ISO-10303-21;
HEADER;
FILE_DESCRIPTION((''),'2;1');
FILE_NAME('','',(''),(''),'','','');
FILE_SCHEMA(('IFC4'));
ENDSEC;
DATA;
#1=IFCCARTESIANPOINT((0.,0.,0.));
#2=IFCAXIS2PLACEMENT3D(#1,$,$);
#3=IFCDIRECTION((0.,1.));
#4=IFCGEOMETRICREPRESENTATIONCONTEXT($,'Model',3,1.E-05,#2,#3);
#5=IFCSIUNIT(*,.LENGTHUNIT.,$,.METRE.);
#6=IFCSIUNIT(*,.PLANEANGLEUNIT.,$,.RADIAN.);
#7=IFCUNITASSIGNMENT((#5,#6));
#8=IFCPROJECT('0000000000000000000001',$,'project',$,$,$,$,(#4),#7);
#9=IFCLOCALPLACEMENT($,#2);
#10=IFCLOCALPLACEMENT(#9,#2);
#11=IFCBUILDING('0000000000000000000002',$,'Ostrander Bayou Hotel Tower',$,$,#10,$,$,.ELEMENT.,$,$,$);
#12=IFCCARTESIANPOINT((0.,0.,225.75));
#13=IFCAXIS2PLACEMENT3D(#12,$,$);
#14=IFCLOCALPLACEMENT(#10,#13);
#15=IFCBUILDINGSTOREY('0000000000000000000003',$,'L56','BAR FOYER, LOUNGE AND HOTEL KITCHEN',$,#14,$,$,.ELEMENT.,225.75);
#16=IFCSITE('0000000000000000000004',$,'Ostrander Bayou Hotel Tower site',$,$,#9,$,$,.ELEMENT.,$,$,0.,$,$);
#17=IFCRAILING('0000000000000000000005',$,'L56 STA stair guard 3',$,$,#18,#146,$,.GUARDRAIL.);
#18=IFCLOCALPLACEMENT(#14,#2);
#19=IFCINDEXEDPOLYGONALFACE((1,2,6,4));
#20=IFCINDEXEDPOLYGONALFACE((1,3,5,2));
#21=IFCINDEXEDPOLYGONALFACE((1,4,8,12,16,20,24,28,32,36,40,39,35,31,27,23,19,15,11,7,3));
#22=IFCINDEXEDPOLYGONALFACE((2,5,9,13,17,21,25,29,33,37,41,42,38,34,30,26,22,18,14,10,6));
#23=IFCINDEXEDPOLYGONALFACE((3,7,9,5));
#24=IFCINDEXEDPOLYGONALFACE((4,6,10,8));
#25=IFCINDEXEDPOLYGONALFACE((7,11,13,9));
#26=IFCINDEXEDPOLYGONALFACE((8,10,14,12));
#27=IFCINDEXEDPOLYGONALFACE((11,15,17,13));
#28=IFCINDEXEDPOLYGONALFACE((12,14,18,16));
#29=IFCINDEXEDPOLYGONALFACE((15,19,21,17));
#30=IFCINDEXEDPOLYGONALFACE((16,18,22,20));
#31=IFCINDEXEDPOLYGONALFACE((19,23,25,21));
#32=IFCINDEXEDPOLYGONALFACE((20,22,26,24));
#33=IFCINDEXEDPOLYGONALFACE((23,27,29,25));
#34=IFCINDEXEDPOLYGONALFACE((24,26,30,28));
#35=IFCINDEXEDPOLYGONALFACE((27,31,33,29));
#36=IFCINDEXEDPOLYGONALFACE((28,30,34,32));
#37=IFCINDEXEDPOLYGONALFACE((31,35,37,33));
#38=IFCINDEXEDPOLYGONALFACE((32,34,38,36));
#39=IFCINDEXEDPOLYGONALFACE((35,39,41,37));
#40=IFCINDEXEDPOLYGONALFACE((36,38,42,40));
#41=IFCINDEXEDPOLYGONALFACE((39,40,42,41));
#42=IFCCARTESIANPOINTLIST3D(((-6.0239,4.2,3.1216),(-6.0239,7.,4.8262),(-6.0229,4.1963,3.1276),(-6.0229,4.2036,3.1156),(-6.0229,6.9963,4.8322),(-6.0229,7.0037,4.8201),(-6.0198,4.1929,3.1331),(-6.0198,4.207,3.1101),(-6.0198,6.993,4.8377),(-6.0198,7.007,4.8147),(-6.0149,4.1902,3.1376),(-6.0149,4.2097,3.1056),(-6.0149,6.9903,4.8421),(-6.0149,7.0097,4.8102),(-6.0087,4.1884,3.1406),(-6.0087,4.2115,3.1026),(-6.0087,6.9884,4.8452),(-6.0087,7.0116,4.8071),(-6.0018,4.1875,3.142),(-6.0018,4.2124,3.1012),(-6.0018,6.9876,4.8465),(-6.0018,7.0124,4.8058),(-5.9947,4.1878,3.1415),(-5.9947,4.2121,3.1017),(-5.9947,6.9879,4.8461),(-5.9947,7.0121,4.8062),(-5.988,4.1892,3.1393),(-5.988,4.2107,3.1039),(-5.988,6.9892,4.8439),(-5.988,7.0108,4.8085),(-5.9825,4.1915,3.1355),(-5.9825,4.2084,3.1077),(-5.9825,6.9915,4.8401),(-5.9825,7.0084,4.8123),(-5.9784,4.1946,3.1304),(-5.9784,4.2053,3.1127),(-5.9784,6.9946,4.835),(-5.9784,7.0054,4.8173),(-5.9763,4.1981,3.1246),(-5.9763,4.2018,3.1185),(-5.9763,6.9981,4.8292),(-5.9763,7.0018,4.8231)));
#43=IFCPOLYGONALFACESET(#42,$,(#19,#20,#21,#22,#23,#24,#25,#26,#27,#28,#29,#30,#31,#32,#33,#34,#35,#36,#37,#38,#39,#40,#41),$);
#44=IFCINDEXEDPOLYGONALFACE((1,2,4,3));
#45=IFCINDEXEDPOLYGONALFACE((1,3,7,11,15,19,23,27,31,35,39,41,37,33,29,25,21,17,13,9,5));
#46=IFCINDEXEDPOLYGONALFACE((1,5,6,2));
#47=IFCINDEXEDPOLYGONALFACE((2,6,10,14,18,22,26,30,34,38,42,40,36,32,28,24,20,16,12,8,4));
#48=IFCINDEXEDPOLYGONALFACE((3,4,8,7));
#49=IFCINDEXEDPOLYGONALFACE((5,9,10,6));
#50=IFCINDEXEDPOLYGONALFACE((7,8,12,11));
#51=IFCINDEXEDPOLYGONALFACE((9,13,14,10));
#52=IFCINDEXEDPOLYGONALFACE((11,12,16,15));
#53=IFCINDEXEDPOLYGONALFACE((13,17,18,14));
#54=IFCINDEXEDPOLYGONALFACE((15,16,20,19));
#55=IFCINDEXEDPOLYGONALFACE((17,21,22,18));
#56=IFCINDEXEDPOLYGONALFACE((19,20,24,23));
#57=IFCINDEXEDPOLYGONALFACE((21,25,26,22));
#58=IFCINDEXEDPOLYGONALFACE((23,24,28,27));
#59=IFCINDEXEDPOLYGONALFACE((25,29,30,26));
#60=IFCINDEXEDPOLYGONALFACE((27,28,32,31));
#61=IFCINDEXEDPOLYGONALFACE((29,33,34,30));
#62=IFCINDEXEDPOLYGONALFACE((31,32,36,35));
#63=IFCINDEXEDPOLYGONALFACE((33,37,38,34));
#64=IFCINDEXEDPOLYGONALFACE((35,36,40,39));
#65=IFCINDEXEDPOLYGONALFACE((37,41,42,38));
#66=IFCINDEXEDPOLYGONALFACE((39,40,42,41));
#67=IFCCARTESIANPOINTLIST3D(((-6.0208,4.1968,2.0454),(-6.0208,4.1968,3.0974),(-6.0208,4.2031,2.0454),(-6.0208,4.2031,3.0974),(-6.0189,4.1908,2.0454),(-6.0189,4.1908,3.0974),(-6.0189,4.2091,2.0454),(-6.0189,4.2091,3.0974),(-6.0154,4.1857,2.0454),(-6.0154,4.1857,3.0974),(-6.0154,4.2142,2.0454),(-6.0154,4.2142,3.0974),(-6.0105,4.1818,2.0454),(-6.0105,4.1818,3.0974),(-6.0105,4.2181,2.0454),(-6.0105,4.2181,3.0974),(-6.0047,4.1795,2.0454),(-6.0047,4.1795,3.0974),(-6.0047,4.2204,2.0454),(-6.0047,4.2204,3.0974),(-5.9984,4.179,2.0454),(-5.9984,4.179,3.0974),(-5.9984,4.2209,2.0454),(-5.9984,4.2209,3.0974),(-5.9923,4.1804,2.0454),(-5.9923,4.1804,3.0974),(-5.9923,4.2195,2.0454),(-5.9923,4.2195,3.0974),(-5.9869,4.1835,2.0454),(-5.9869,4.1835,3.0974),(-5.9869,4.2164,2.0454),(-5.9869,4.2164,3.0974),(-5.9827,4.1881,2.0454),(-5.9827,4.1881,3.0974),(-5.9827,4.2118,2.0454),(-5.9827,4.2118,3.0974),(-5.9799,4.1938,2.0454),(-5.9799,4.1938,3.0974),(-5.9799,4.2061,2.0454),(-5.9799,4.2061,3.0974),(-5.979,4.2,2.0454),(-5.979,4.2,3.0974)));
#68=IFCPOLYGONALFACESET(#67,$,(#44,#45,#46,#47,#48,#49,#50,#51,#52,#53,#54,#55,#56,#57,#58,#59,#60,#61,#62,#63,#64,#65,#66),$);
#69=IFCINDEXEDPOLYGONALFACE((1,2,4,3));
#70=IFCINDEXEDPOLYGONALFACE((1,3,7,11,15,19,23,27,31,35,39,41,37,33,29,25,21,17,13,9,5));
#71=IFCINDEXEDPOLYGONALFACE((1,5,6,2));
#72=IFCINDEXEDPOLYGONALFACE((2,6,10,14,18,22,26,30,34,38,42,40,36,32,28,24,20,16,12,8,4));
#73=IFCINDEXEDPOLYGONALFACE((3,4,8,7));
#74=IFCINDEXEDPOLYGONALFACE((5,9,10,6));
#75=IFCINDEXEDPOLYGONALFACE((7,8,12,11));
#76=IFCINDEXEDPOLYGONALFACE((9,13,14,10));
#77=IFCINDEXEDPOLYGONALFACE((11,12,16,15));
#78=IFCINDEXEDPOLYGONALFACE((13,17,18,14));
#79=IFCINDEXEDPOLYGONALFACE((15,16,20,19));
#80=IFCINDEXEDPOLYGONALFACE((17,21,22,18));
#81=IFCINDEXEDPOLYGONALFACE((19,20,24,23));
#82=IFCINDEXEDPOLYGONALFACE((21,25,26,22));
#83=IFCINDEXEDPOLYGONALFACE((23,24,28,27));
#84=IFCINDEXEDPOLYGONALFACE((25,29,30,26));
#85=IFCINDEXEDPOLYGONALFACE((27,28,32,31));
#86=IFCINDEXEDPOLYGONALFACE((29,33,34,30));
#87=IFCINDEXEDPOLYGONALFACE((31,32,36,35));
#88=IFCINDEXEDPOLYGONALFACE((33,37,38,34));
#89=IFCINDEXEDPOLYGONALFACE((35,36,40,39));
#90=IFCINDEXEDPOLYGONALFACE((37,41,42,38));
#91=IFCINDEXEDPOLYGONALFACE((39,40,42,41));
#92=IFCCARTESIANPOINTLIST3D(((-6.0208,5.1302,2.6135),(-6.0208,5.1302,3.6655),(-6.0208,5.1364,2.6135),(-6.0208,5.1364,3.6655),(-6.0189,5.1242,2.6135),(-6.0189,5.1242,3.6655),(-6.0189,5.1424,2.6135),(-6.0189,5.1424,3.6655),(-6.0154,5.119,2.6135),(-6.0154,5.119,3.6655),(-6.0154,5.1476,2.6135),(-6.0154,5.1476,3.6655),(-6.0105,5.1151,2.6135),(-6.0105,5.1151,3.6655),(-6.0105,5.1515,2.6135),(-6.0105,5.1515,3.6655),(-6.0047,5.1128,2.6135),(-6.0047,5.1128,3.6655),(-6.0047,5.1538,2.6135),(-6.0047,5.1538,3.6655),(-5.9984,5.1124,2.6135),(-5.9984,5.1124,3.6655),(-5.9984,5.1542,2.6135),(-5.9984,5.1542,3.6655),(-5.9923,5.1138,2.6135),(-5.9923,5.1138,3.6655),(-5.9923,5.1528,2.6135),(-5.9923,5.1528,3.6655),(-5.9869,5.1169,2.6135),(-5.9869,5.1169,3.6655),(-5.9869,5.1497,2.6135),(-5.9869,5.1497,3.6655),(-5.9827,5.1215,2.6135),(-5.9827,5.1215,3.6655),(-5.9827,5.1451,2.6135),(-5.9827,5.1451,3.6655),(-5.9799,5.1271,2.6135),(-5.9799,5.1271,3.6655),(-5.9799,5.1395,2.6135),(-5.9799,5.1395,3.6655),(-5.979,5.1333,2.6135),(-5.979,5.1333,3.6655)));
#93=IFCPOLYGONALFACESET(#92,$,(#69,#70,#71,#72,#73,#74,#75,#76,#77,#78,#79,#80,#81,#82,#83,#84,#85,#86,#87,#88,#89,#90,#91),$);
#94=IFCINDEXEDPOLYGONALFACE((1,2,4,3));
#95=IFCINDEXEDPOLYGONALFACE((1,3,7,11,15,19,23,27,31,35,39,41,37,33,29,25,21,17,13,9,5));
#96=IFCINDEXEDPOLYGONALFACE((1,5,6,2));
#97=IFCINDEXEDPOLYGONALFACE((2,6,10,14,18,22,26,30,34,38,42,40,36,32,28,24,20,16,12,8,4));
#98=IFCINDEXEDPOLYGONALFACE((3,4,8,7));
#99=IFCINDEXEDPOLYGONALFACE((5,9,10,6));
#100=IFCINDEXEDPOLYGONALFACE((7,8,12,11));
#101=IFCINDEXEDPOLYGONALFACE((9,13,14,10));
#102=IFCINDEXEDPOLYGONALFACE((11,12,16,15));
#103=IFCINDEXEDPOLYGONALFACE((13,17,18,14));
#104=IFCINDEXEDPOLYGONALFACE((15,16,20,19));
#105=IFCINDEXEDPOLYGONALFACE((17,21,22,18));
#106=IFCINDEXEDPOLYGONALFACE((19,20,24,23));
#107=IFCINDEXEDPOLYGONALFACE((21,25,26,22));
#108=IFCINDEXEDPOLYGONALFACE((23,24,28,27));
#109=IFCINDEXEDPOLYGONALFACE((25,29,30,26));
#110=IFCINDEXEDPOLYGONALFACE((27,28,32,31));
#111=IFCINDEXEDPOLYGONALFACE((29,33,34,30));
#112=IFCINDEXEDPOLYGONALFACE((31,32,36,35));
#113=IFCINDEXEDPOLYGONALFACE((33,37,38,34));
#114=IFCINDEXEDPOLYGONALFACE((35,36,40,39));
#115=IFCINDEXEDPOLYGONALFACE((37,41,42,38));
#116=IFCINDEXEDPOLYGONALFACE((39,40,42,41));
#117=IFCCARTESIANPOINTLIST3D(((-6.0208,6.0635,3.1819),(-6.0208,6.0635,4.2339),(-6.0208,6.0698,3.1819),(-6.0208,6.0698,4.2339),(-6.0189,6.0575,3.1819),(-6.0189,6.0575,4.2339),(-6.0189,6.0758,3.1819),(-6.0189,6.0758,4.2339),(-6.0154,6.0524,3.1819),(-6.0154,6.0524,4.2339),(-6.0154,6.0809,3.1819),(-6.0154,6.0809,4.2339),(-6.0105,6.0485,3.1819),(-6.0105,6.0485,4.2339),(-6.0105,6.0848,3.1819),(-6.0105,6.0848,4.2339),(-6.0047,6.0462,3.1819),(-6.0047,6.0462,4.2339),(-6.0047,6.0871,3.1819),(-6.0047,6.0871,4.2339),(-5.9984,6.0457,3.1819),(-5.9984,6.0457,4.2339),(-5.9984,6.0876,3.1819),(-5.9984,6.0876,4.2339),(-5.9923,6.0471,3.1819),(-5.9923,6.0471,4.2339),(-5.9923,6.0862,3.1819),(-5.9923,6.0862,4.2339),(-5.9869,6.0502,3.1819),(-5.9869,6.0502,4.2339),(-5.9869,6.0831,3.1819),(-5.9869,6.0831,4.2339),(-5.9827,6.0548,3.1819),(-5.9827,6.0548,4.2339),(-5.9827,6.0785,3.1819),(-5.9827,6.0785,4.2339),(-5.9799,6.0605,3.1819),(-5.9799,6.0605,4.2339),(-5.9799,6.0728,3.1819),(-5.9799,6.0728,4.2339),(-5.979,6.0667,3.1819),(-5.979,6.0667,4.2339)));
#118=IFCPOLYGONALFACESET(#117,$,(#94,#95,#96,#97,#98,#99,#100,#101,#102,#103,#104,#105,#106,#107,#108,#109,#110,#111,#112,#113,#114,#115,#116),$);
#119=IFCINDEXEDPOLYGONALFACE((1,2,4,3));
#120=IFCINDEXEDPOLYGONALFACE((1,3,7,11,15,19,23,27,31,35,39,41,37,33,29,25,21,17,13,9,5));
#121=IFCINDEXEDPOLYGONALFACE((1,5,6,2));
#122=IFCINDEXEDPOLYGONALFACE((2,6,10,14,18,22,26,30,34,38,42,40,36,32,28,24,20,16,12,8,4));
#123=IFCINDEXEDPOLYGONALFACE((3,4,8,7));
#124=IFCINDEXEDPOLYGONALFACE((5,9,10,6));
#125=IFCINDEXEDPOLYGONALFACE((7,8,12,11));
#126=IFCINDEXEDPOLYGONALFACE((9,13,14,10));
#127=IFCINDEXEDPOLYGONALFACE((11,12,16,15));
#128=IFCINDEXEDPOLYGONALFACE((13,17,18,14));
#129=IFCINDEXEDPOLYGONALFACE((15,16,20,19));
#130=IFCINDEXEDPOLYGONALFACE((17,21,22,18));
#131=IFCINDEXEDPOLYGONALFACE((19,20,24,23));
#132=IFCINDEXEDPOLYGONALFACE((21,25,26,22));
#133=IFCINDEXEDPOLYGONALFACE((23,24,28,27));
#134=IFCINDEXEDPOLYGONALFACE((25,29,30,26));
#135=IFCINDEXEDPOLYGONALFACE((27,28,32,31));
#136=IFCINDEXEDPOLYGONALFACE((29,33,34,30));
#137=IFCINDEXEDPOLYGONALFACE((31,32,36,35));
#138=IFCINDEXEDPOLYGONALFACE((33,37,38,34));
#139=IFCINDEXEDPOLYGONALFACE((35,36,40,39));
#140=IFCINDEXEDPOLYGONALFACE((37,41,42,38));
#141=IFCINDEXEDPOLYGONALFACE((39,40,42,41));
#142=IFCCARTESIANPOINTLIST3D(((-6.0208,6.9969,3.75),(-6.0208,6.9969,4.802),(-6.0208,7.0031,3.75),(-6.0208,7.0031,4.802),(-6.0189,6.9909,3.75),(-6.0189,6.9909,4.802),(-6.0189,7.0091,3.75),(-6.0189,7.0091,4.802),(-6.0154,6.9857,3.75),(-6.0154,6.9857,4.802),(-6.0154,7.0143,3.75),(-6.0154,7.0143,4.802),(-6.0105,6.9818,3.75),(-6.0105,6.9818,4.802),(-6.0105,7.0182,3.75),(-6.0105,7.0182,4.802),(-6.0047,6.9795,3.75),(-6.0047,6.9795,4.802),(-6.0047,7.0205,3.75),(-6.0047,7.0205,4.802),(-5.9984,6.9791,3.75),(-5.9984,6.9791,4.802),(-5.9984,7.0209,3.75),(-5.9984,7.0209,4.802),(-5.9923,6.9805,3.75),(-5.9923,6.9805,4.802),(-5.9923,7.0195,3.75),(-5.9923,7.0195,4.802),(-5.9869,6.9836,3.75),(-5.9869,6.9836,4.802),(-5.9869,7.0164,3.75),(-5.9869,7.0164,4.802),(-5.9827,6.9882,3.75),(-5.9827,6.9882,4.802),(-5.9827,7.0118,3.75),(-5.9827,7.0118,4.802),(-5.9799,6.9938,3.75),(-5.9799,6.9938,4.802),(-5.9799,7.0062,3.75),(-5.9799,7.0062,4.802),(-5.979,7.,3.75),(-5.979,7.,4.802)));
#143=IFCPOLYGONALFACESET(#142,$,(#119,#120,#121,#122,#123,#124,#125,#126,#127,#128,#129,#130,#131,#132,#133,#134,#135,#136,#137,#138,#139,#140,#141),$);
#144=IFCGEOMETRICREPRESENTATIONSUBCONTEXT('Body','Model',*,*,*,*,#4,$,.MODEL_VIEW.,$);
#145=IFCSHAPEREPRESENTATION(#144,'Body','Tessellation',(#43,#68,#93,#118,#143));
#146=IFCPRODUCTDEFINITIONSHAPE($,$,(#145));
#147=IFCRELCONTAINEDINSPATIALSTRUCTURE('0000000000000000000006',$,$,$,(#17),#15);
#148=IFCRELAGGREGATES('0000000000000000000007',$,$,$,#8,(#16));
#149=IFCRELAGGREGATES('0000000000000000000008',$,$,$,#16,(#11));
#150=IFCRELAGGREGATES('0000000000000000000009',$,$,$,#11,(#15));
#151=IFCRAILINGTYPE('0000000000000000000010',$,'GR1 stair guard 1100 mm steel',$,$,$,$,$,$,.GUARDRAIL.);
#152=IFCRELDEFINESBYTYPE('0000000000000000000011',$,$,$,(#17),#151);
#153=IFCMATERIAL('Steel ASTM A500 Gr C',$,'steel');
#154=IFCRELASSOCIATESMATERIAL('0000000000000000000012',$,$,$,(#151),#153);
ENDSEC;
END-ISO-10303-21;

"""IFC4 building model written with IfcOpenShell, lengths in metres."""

from ifc_helpers import new_model, si_unit, direction, frame, origin, origin_2d, place, context, subcontext, project, spatial, circle, extrude, material, type_object, element, save


model = new_model("IFC4")

# Units and contexts
model_context = context("Model", 3, precision=1e-05, world=origin(), true_north=direction((0.0, 1.0)))
body_context = subcontext(model_context, "Body", "Model", "MODEL_VIEW")
ifc_project = project(units=[si_unit("LENGTHUNIT", "METRE"), si_unit("PLANEANGLEUNIT", "RADIAN")], contexts=[model_context])

# Site, building, storey
site_placement = place(None, origin())
site = spatial("IfcSite", under=ifc_project, at=site_placement, Name="Ostrander Bayou Hotel Tower site", CompositionType="ELEMENT", RefElevation=0.0)
building_placement = place(site_placement, origin())
building = spatial("IfcBuilding", under=site, at=building_placement, Name="Ostrander Bayou Hotel Tower", CompositionType="ELEMENT")
storey_placement = place(building_placement, frame((0.0, 0.0, 225.75)))
storey = spatial("IfcBuildingStorey", under=building, at=storey_placement, Name="L56", Description="BAR FOYER, LOUNGE AND HOTEL KITCHEN", CompositionType="ELEMENT", Elevation=225.75)

# Railing
ifc_material_1 = material(Name="Steel ASTM A500 Gr C", Category="steel")
railing_type_1 = type_object("IfcRailingType", Name="GR1 stair guard 1100 mm steel", PredefinedType="GUARDRAIL", material=ifc_material_1)
railing_1_placement = place(storey_placement, frame((-6.0, 4.2, 2.0454)))
element("IfcRailing", 1, at=railing_1_placement, inside=storey, type_object=railing_type_1, Name="L56 STA stair guard 3", PredefinedType="GUARDRAIL", context=body_context, shape_type="SweptSolid", body=[
    extrude(circle(Radius=0.0239, at=origin_2d()), frame((0.0, 0.0, 1.0762), z_axis=(0.0, 0.85417, 0.519994), x_axis=(-1.0, 0.0, 0.0)), (0.0, 0.0, 1.0), 3.2781),
    extrude(circle(Radius=0.021, at=origin_2d()), origin(), (0.0, 0.0, 1.0), 1.052),
    extrude(circle(Radius=0.021, at=origin_2d()), frame((0.0, 0.9333, 0.5681)), (0.0, 0.0, 1.0), 1.052),
    extrude(circle(Radius=0.021, at=origin_2d()), frame((0.0, 1.8667, 1.1365)), (0.0, 0.0, 1.0), 1.052),
    extrude(circle(Radius=0.021, at=origin_2d()), frame((0.0, 2.8, 1.7046)), (0.0, 0.0, 1.0), 1.052),
])

save(model, "model.ifc")
